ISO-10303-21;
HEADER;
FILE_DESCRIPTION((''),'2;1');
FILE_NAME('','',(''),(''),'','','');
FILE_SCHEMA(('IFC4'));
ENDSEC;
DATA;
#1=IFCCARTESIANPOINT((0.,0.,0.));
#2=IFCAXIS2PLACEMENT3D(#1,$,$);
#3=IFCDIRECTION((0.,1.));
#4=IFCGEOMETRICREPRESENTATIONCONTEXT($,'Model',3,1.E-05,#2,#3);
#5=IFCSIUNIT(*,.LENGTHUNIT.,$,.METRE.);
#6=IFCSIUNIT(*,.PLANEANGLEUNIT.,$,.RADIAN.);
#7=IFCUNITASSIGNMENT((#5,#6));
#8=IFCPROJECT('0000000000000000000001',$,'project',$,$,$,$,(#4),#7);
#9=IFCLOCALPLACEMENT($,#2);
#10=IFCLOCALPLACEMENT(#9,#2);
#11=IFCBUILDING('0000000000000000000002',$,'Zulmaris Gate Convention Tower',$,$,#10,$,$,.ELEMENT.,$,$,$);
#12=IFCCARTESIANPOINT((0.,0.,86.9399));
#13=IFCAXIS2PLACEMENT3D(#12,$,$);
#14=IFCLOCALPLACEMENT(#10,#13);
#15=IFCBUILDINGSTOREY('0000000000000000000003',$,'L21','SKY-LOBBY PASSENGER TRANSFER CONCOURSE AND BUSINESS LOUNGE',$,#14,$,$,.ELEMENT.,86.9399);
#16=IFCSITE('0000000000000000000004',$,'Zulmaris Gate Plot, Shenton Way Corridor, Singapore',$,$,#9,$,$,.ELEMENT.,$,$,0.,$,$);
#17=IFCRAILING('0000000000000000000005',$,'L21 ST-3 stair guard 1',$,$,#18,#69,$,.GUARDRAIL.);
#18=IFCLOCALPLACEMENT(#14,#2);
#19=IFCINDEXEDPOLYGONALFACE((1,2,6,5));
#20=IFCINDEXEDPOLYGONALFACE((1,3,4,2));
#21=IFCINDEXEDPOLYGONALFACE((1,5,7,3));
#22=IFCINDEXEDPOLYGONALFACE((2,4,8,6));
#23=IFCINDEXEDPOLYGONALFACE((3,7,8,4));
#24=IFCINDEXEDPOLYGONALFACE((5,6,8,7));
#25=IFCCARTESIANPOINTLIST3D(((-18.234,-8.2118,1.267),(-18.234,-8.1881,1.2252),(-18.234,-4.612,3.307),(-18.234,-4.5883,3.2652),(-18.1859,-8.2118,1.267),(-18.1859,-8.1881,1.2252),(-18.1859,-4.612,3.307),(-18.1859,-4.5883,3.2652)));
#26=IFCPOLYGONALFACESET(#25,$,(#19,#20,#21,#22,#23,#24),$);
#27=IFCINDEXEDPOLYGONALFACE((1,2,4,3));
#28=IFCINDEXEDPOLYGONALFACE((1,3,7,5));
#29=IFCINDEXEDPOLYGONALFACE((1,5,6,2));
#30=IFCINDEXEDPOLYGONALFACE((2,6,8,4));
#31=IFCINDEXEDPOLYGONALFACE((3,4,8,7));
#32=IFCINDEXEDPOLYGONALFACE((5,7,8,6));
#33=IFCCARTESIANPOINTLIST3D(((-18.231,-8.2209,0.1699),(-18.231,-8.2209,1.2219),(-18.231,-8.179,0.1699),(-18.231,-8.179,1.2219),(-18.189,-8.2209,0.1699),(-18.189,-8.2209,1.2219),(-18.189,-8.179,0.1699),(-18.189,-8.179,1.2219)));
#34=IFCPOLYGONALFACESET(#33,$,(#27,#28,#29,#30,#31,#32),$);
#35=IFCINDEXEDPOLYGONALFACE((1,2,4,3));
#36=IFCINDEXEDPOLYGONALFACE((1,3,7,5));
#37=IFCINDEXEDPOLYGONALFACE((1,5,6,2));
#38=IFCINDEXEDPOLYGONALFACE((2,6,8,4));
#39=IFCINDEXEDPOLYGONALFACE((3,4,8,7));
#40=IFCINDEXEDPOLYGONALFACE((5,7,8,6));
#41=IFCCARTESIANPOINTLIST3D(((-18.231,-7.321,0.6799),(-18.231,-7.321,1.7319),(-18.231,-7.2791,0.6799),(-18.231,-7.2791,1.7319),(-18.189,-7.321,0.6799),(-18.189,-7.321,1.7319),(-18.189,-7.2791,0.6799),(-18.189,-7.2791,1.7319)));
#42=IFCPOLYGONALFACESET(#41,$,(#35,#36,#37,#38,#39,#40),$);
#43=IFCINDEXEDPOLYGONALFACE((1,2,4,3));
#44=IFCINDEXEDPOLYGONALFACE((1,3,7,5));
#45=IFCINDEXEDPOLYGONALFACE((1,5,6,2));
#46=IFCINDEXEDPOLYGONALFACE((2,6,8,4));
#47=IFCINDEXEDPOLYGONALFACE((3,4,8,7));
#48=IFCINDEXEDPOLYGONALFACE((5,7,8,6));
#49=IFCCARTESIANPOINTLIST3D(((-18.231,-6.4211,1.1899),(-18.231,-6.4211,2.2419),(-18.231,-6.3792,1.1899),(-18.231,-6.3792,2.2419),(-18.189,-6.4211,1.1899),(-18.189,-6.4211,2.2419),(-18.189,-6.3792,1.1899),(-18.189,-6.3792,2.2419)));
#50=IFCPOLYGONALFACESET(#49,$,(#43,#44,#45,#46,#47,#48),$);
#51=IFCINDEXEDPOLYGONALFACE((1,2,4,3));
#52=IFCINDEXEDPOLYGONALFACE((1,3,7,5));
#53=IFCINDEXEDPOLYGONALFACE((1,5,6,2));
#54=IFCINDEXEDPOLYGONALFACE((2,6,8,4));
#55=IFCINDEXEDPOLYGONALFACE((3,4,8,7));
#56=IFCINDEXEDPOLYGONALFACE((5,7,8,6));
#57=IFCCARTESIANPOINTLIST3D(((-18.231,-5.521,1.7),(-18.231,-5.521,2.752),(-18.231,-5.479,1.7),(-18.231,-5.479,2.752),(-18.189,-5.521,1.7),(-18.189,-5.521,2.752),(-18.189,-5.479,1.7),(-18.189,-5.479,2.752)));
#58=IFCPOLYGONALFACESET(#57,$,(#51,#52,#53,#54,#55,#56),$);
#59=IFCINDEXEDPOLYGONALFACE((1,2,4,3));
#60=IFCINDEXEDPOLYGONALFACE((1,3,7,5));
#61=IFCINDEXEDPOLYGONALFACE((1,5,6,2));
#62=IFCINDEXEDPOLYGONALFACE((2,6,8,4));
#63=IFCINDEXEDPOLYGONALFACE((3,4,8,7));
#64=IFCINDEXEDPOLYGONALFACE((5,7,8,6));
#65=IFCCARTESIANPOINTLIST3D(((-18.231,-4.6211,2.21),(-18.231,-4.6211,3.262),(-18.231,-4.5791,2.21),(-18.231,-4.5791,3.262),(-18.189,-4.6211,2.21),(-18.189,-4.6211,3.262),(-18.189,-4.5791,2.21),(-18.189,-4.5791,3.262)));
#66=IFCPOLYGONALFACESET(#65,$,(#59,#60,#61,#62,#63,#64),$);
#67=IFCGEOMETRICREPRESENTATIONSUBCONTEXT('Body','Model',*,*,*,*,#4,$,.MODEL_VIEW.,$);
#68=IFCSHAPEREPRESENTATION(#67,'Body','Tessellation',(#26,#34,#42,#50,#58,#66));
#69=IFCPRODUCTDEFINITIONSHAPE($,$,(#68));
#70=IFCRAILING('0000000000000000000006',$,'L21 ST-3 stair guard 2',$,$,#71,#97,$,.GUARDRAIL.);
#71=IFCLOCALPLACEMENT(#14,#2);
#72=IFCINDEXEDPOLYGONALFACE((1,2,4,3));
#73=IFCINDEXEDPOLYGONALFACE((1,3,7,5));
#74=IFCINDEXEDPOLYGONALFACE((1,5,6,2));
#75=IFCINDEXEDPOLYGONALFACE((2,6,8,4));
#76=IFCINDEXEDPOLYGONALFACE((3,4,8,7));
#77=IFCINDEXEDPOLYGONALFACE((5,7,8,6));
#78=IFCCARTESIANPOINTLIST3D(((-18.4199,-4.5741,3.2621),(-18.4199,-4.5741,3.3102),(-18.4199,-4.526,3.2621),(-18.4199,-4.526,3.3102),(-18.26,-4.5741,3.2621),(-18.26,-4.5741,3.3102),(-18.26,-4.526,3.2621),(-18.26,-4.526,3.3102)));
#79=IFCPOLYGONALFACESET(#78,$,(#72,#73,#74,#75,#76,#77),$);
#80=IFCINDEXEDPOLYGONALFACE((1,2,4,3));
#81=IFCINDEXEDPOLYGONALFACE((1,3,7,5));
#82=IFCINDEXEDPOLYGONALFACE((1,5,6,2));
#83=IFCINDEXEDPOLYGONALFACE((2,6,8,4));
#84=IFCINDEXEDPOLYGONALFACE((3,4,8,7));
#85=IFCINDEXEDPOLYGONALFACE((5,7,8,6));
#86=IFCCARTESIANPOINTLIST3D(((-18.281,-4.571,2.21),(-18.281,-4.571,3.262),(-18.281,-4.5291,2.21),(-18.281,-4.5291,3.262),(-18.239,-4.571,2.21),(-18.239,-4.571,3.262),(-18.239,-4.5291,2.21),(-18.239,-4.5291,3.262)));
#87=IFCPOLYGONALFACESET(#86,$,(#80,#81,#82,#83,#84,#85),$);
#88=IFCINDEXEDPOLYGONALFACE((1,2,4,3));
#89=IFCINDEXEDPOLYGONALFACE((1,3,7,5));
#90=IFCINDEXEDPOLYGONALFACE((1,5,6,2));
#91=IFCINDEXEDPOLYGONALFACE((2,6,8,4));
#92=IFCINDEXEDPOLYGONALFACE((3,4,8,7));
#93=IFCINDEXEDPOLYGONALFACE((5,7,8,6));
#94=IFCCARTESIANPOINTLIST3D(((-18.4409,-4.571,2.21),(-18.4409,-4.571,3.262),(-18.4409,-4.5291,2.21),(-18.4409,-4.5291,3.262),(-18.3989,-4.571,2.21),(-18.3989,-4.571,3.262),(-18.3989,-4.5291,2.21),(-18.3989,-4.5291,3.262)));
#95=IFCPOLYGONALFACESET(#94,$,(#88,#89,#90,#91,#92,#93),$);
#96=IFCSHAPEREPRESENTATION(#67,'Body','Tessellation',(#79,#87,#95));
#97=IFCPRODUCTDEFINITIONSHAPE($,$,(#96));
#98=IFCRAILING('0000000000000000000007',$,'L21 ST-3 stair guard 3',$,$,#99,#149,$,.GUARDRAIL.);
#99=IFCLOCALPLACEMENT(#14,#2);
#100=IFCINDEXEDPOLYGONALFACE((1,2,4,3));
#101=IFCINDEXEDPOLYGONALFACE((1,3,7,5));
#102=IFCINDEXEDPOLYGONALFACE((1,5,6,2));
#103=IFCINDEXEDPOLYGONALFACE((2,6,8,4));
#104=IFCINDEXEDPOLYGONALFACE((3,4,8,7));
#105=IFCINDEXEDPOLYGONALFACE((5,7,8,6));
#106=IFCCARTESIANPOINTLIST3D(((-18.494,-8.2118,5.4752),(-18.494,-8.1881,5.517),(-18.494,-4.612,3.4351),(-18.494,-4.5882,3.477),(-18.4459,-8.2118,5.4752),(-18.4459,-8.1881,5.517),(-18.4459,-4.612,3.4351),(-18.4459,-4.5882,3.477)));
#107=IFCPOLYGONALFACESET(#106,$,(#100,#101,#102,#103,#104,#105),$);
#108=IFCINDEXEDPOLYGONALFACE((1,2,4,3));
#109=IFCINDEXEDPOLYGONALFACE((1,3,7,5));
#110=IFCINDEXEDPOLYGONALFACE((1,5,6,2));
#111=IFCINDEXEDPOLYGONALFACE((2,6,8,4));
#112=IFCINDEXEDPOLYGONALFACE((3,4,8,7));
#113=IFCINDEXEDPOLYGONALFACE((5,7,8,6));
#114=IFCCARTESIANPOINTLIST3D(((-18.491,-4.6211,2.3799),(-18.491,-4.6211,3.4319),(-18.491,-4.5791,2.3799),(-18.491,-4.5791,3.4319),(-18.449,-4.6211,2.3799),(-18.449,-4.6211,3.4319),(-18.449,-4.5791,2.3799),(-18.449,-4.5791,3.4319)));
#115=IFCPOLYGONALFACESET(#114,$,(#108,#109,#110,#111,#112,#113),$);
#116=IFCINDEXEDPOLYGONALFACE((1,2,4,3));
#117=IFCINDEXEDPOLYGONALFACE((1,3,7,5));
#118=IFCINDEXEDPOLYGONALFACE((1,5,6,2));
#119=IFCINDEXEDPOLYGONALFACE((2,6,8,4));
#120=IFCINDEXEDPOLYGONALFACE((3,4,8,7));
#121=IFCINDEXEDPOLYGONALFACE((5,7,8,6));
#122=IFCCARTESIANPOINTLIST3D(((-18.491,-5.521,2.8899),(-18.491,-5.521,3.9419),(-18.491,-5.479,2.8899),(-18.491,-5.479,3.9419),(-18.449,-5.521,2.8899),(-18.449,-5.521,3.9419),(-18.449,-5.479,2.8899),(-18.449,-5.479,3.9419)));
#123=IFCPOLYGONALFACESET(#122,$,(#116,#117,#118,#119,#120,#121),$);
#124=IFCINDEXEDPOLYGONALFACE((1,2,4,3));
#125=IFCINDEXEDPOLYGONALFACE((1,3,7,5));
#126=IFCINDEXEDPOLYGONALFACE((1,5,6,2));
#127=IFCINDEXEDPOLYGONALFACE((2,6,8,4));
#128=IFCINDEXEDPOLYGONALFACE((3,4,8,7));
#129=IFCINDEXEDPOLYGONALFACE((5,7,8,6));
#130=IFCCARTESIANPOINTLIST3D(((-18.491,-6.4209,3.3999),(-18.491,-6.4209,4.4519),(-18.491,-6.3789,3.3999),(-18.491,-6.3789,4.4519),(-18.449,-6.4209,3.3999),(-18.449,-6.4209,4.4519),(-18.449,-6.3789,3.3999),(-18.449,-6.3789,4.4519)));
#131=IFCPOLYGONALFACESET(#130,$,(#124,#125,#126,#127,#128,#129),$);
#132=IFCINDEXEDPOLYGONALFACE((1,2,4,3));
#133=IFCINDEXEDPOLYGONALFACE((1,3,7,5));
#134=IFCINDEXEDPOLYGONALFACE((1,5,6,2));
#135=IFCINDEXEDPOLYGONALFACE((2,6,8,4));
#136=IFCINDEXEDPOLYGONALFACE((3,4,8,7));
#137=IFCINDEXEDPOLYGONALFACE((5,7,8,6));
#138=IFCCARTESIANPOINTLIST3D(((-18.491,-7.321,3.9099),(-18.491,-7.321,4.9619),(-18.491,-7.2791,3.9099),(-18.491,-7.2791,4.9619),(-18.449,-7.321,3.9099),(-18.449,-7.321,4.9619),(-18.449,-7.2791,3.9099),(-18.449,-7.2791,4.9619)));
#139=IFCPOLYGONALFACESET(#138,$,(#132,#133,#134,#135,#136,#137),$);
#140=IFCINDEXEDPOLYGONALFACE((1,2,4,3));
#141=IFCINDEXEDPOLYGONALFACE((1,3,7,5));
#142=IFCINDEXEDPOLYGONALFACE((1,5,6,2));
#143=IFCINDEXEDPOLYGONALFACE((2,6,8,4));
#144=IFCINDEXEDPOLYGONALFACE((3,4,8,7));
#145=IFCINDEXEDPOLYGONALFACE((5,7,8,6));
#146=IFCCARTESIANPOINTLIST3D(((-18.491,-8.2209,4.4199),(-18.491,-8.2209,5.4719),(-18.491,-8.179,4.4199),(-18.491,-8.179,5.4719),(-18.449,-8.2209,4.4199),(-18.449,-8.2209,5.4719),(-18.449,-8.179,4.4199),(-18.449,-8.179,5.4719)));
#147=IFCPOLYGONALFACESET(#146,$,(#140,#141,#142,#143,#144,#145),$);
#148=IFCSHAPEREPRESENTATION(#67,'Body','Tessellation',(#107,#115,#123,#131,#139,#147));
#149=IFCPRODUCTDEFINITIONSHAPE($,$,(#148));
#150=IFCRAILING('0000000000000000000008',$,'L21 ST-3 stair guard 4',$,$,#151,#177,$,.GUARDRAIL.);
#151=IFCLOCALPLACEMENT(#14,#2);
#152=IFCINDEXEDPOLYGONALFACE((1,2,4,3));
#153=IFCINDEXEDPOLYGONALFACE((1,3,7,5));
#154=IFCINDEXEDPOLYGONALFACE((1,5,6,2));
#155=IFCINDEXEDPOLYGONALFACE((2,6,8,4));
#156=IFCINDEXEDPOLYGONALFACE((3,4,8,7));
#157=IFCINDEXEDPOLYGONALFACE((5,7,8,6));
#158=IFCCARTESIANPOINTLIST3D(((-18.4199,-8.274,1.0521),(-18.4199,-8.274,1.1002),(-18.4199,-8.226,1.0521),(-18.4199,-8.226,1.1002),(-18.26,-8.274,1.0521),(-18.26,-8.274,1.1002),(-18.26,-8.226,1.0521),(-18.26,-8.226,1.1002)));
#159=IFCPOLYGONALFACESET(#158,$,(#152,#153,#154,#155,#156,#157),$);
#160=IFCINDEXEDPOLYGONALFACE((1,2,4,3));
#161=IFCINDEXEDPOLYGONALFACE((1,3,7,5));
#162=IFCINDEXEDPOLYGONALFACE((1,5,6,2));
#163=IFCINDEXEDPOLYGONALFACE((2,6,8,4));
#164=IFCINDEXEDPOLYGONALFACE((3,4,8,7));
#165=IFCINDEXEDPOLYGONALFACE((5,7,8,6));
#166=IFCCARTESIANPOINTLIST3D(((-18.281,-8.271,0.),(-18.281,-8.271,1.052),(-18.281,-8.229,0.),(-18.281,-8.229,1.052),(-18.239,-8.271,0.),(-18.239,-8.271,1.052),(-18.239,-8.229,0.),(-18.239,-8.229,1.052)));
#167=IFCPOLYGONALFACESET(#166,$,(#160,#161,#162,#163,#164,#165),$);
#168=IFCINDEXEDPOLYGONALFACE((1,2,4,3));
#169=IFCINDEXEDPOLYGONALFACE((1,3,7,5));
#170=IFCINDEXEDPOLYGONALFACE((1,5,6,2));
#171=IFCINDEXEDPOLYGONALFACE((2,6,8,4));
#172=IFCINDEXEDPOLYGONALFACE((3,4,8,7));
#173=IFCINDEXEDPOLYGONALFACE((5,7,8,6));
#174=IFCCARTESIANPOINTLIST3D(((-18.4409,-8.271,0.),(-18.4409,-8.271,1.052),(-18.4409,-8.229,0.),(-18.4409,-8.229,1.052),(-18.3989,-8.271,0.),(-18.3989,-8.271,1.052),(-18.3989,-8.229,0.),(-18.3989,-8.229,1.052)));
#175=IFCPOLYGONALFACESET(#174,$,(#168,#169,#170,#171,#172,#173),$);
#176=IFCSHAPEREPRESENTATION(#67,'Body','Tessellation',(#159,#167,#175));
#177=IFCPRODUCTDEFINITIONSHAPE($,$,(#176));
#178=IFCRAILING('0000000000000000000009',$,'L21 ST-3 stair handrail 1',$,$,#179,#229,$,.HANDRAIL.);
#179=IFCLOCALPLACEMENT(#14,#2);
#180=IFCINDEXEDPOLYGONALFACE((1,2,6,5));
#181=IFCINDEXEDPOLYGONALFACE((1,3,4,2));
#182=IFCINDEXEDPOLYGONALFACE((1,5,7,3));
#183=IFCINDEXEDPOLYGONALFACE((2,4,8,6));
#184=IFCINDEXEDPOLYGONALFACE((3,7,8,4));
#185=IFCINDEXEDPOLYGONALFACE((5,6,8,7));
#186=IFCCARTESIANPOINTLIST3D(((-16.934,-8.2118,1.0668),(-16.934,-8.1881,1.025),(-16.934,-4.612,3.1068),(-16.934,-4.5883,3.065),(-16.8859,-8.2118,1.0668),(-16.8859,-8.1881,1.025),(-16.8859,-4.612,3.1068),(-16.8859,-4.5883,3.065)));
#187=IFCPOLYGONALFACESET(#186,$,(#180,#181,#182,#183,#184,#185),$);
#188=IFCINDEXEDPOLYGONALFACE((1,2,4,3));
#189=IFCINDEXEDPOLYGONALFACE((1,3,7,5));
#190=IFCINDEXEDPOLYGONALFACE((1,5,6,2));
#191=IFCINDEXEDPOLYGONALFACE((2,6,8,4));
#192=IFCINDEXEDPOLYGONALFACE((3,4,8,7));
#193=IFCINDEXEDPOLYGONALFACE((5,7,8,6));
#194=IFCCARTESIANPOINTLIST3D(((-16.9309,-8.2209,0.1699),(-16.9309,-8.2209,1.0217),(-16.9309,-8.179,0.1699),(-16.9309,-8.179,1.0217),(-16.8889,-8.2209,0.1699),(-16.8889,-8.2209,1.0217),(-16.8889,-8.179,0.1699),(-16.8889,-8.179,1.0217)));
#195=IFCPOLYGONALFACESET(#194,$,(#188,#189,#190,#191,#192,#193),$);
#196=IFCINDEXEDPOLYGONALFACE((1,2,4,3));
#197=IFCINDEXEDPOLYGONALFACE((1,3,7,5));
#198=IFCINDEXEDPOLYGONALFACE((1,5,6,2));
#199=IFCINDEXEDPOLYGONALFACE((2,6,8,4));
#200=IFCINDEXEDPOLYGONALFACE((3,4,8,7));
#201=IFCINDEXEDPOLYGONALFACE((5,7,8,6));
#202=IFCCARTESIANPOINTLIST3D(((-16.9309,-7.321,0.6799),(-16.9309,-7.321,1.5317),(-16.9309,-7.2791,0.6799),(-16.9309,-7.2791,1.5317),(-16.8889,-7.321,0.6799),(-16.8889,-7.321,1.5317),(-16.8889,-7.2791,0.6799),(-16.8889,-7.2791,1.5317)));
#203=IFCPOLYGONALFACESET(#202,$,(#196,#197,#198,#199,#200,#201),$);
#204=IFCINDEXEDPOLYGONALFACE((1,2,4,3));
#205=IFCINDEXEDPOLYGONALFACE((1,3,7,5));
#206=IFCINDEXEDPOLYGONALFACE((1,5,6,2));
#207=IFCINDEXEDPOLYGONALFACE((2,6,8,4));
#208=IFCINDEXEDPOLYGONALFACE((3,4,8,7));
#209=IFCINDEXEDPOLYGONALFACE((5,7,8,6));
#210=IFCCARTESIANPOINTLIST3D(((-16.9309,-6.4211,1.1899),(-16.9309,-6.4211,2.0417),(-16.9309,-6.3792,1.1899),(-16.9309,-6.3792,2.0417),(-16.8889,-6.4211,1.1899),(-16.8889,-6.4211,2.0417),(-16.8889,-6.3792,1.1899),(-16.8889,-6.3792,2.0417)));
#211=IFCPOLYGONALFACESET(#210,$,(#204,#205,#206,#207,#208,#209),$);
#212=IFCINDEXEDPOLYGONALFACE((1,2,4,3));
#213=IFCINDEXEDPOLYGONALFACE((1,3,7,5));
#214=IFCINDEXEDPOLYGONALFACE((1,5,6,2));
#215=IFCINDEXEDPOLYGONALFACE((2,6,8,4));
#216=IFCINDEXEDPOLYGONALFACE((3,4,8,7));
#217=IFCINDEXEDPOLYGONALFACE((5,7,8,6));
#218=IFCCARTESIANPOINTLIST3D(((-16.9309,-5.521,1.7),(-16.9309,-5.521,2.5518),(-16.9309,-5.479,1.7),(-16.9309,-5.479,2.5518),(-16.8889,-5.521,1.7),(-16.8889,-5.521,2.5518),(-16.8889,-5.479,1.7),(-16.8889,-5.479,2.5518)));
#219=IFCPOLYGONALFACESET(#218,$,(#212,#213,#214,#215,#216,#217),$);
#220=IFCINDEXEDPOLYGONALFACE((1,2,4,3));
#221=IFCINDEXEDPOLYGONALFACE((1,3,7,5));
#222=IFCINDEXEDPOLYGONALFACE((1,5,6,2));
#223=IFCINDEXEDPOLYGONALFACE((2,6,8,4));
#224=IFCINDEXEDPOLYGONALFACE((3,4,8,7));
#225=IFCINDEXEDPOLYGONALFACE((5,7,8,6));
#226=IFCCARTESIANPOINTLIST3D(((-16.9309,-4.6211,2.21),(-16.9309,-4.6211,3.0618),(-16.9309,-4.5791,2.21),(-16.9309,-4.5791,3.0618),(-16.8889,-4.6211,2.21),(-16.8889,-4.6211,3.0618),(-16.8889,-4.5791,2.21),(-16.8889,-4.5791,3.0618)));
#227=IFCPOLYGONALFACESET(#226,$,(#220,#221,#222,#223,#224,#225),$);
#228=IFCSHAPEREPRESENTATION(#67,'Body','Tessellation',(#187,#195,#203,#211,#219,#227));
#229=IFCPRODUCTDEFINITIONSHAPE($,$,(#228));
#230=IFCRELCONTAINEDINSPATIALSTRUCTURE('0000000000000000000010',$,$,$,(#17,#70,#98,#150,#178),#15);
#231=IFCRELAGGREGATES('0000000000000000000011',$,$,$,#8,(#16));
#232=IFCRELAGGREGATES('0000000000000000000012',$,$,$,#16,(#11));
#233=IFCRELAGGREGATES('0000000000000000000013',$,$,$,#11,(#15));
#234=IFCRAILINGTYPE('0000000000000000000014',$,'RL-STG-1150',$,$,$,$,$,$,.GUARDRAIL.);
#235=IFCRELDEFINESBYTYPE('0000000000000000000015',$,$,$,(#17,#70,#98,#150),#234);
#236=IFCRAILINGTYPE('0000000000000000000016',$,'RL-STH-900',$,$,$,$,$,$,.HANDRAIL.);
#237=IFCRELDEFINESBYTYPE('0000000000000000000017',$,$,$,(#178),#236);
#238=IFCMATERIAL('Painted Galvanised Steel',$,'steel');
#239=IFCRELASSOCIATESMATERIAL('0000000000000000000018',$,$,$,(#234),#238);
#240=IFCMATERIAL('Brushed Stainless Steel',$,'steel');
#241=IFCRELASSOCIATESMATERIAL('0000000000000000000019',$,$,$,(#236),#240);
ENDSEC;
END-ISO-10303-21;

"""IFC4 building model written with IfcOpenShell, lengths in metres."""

from ifc_helpers import new_model, si_unit, direction, frame, origin, origin_2d, place, context, subcontext, project, spatial, rectangle, extrude, material, type_object, element, save


model = new_model("IFC4")

# Units and contexts
model_context = context("Model", 3, precision=1e-05, world=origin(), true_north=direction((0.0, 1.0)))
body_context = subcontext(model_context, "Body", "Model", "MODEL_VIEW")
ifc_project = project(units=[si_unit("LENGTHUNIT", "METRE"), si_unit("PLANEANGLEUNIT", "RADIAN")], contexts=[model_context])

# Site, building, storey
site_placement = place(None, origin())
site = spatial("IfcSite", under=ifc_project, at=site_placement, Name="Zulmaris Gate Plot, Shenton Way Corridor, Singapore", CompositionType="ELEMENT", RefElevation=0.0)
building_placement = place(site_placement, origin())
building = spatial("IfcBuilding", under=site, at=building_placement, Name="Zulmaris Gate Convention Tower", CompositionType="ELEMENT")
storey_placement = place(building_placement, frame((0.0, 0.0, 86.9399)))
storey = spatial("IfcBuildingStorey", under=building, at=storey_placement, Name="L21", Description="SKY-LOBBY PASSENGER TRANSFER CONCOURSE AND BUSINESS LOUNGE", CompositionType="ELEMENT", Elevation=86.9399)

# Railings
ifc_material_1 = material(Name="Painted Galvanised Steel", Category="steel")
railing_type_1 = type_object("IfcRailingType", Name="RL-STG-1150", PredefinedType="GUARDRAIL", material=ifc_material_1)
railing_1_placement = place(storey_placement, frame((-18.21, -8.2, 0.1699)))
element("IfcRailing", 1, at=railing_1_placement, inside=storey, type_object=railing_type_1, Name="L21 ST-3 stair guard 1", PredefinedType="GUARDRAIL", context=body_context, shape_type="SweptSolid", body=[
    extrude(rectangle(XDim=0.0481, YDim=0.0481, at=origin_2d()), frame((0.0, 0.0, 1.0762), z_axis=(0.0, 0.87001, 0.493035), x_axis=(-1.0, 0.0, 0.0)), (0.0, 0.0, 1.0), 4.1377),
    extrude(rectangle(XDim=0.042, YDim=0.042, at=origin_2d()), origin(), (0.0, 0.0, 1.0), 1.052),
    extrude(rectangle(XDim=0.042, YDim=0.042, at=origin_2d()), frame((0.0, 0.8999, 0.51)), (0.0, 0.0, 1.0), 1.052),
    extrude(rectangle(XDim=0.042, YDim=0.042, at=origin_2d()), frame((0.0, 1.7998, 1.02)), (0.0, 0.0, 1.0), 1.052),
    extrude(rectangle(XDim=0.042, YDim=0.042, at=origin_2d()), frame((0.0, 2.7, 1.53)), (0.0, 0.0, 1.0), 1.052),
    extrude(rectangle(XDim=0.042, YDim=0.042, at=origin_2d()), frame((0.0, 3.5999, 2.04)), (0.0, 0.0, 1.0), 1.052),
])
railing_2_placement = place(storey_placement, frame((-18.26, -4.55, 2.21)))
element("IfcRailing", 2, at=railing_2_placement, inside=storey, type_object=railing_type_1, Name="L21 ST-3 stair guard 2", PredefinedType="GUARDRAIL", context=body_context, shape_type="SweptSolid", body=[
    extrude(rectangle(XDim=0.0481, YDim=0.0481, at=origin_2d()), frame((0.0, 0.0, 1.0762), z_axis=(-1.0, 0.0, 0.0), x_axis=(0.0, -1.0, 0.0)), (0.0, 0.0, 1.0), 0.1599),
    extrude(rectangle(XDim=0.042, YDim=0.042, at=origin_2d()), origin(), (0.0, 0.0, 1.0), 1.052),
    extrude(rectangle(XDim=0.042, YDim=0.042, at=origin_2d()), frame((-0.1599, 0.0, 0.0)), (0.0, 0.0, 1.0), 1.052),
])
railing_3_placement = place(storey_placement, frame((-18.47, -4.6001, 2.3799)))
element("IfcRailing", 3, at=railing_3_placement, inside=storey, type_object=railing_type_1, Name="L21 ST-3 stair guard 3", PredefinedType="GUARDRAIL", context=body_context, shape_type="SweptSolid", body=[
    extrude(rectangle(XDim=0.0481, YDim=0.0481, at=origin_2d()), frame((0.0, 0.0, 1.0762), z_axis=(0.0, -0.87001, 0.493035), x_axis=(1.0, 0.0, 0.0)), (0.0, 0.0, 1.0), 4.1377),
    extrude(rectangle(XDim=0.042, YDim=0.042, at=origin_2d()), origin(), (0.0, 0.0, 1.0), 1.052),
    extrude(rectangle(XDim=0.042, YDim=0.042, at=origin_2d()), frame((0.0, -0.8999, 0.51)), (0.0, 0.0, 1.0), 1.052),
    extrude(rectangle(XDim=0.042, YDim=0.042, at=origin_2d()), frame((0.0, -1.7998, 1.02)), (0.0, 0.0, 1.0), 1.052),
    extrude(rectangle(XDim=0.042, YDim=0.042, at=origin_2d()), frame((0.0, -2.7, 1.53)), (0.0, 0.0, 1.0), 1.052),
    extrude(rectangle(XDim=0.042, YDim=0.042, at=origin_2d()), frame((0.0, -3.5999, 2.04)), (0.0, 0.0, 1.0), 1.052),
])
railing_4_placement = place(storey_placement, frame((-18.26, -8.25, 0.0)))
element("IfcRailing", 4, at=railing_4_placement, inside=storey, type_object=railing_type_1, Name="L21 ST-3 stair guard 4", PredefinedType="GUARDRAIL", context=body_context, shape_type="SweptSolid", body=[
    extrude(rectangle(XDim=0.0481, YDim=0.0481, at=origin_2d()), frame((0.0, 0.0, 1.0762), z_axis=(-1.0, 0.0, 0.0), x_axis=(0.0, -1.0, 0.0)), (0.0, 0.0, 1.0), 0.1599),
    extrude(rectangle(XDim=0.042, YDim=0.042, at=origin_2d()), origin(), (0.0, 0.0, 1.0), 1.052),
    extrude(rectangle(XDim=0.042, YDim=0.042, at=origin_2d()), frame((-0.1599, 0.0, 0.0)), (0.0, 0.0, 1.0), 1.052),
])
ifc_material_2 = material(Name="Brushed Stainless Steel", Category="steel")
railing_type_2 = type_object("IfcRailingType", Name="RL-STH-900", PredefinedType="HANDRAIL", material=ifc_material_2)
railing_5_placement = place(storey_placement, frame((-16.9099, -8.2, 0.1699)))
element("IfcRailing", 5, at=railing_5_placement, inside=storey, type_object=railing_type_2, Name="L21 ST-3 stair handrail 1", PredefinedType="HANDRAIL", context=body_context, shape_type="SweptSolid", body=[
    extrude(rectangle(XDim=0.0481, YDim=0.0481, at=origin_2d()), frame((0.0, 0.0, 0.876), z_axis=(0.0, 0.87001, 0.493035), x_axis=(-1.0, 0.0, 0.0)), (0.0, 0.0, 1.0), 4.1377),
    extrude(rectangle(XDim=0.042, YDim=0.042, at=origin_2d()), origin(), (0.0, 0.0, 1.0), 0.8518),
    extrude(rectangle(XDim=0.042, YDim=0.042, at=origin_2d()), frame((0.0, 0.8999, 0.51)), (0.0, 0.0, 1.0), 0.8518),
    extrude(rectangle(XDim=0.042, YDim=0.042, at=origin_2d()), frame((0.0, 1.7998, 1.02)), (0.0, 0.0, 1.0), 0.8518),
    extrude(rectangle(XDim=0.042, YDim=0.042, at=origin_2d()), frame((0.0, 2.7, 1.53)), (0.0, 0.0, 1.0), 0.8518),
    extrude(rectangle(XDim=0.042, YDim=0.042, at=origin_2d()), frame((0.0, 3.5999, 2.04)), (0.0, 0.0, 1.0), 0.8518),
])

save(model, "model.ifc")
